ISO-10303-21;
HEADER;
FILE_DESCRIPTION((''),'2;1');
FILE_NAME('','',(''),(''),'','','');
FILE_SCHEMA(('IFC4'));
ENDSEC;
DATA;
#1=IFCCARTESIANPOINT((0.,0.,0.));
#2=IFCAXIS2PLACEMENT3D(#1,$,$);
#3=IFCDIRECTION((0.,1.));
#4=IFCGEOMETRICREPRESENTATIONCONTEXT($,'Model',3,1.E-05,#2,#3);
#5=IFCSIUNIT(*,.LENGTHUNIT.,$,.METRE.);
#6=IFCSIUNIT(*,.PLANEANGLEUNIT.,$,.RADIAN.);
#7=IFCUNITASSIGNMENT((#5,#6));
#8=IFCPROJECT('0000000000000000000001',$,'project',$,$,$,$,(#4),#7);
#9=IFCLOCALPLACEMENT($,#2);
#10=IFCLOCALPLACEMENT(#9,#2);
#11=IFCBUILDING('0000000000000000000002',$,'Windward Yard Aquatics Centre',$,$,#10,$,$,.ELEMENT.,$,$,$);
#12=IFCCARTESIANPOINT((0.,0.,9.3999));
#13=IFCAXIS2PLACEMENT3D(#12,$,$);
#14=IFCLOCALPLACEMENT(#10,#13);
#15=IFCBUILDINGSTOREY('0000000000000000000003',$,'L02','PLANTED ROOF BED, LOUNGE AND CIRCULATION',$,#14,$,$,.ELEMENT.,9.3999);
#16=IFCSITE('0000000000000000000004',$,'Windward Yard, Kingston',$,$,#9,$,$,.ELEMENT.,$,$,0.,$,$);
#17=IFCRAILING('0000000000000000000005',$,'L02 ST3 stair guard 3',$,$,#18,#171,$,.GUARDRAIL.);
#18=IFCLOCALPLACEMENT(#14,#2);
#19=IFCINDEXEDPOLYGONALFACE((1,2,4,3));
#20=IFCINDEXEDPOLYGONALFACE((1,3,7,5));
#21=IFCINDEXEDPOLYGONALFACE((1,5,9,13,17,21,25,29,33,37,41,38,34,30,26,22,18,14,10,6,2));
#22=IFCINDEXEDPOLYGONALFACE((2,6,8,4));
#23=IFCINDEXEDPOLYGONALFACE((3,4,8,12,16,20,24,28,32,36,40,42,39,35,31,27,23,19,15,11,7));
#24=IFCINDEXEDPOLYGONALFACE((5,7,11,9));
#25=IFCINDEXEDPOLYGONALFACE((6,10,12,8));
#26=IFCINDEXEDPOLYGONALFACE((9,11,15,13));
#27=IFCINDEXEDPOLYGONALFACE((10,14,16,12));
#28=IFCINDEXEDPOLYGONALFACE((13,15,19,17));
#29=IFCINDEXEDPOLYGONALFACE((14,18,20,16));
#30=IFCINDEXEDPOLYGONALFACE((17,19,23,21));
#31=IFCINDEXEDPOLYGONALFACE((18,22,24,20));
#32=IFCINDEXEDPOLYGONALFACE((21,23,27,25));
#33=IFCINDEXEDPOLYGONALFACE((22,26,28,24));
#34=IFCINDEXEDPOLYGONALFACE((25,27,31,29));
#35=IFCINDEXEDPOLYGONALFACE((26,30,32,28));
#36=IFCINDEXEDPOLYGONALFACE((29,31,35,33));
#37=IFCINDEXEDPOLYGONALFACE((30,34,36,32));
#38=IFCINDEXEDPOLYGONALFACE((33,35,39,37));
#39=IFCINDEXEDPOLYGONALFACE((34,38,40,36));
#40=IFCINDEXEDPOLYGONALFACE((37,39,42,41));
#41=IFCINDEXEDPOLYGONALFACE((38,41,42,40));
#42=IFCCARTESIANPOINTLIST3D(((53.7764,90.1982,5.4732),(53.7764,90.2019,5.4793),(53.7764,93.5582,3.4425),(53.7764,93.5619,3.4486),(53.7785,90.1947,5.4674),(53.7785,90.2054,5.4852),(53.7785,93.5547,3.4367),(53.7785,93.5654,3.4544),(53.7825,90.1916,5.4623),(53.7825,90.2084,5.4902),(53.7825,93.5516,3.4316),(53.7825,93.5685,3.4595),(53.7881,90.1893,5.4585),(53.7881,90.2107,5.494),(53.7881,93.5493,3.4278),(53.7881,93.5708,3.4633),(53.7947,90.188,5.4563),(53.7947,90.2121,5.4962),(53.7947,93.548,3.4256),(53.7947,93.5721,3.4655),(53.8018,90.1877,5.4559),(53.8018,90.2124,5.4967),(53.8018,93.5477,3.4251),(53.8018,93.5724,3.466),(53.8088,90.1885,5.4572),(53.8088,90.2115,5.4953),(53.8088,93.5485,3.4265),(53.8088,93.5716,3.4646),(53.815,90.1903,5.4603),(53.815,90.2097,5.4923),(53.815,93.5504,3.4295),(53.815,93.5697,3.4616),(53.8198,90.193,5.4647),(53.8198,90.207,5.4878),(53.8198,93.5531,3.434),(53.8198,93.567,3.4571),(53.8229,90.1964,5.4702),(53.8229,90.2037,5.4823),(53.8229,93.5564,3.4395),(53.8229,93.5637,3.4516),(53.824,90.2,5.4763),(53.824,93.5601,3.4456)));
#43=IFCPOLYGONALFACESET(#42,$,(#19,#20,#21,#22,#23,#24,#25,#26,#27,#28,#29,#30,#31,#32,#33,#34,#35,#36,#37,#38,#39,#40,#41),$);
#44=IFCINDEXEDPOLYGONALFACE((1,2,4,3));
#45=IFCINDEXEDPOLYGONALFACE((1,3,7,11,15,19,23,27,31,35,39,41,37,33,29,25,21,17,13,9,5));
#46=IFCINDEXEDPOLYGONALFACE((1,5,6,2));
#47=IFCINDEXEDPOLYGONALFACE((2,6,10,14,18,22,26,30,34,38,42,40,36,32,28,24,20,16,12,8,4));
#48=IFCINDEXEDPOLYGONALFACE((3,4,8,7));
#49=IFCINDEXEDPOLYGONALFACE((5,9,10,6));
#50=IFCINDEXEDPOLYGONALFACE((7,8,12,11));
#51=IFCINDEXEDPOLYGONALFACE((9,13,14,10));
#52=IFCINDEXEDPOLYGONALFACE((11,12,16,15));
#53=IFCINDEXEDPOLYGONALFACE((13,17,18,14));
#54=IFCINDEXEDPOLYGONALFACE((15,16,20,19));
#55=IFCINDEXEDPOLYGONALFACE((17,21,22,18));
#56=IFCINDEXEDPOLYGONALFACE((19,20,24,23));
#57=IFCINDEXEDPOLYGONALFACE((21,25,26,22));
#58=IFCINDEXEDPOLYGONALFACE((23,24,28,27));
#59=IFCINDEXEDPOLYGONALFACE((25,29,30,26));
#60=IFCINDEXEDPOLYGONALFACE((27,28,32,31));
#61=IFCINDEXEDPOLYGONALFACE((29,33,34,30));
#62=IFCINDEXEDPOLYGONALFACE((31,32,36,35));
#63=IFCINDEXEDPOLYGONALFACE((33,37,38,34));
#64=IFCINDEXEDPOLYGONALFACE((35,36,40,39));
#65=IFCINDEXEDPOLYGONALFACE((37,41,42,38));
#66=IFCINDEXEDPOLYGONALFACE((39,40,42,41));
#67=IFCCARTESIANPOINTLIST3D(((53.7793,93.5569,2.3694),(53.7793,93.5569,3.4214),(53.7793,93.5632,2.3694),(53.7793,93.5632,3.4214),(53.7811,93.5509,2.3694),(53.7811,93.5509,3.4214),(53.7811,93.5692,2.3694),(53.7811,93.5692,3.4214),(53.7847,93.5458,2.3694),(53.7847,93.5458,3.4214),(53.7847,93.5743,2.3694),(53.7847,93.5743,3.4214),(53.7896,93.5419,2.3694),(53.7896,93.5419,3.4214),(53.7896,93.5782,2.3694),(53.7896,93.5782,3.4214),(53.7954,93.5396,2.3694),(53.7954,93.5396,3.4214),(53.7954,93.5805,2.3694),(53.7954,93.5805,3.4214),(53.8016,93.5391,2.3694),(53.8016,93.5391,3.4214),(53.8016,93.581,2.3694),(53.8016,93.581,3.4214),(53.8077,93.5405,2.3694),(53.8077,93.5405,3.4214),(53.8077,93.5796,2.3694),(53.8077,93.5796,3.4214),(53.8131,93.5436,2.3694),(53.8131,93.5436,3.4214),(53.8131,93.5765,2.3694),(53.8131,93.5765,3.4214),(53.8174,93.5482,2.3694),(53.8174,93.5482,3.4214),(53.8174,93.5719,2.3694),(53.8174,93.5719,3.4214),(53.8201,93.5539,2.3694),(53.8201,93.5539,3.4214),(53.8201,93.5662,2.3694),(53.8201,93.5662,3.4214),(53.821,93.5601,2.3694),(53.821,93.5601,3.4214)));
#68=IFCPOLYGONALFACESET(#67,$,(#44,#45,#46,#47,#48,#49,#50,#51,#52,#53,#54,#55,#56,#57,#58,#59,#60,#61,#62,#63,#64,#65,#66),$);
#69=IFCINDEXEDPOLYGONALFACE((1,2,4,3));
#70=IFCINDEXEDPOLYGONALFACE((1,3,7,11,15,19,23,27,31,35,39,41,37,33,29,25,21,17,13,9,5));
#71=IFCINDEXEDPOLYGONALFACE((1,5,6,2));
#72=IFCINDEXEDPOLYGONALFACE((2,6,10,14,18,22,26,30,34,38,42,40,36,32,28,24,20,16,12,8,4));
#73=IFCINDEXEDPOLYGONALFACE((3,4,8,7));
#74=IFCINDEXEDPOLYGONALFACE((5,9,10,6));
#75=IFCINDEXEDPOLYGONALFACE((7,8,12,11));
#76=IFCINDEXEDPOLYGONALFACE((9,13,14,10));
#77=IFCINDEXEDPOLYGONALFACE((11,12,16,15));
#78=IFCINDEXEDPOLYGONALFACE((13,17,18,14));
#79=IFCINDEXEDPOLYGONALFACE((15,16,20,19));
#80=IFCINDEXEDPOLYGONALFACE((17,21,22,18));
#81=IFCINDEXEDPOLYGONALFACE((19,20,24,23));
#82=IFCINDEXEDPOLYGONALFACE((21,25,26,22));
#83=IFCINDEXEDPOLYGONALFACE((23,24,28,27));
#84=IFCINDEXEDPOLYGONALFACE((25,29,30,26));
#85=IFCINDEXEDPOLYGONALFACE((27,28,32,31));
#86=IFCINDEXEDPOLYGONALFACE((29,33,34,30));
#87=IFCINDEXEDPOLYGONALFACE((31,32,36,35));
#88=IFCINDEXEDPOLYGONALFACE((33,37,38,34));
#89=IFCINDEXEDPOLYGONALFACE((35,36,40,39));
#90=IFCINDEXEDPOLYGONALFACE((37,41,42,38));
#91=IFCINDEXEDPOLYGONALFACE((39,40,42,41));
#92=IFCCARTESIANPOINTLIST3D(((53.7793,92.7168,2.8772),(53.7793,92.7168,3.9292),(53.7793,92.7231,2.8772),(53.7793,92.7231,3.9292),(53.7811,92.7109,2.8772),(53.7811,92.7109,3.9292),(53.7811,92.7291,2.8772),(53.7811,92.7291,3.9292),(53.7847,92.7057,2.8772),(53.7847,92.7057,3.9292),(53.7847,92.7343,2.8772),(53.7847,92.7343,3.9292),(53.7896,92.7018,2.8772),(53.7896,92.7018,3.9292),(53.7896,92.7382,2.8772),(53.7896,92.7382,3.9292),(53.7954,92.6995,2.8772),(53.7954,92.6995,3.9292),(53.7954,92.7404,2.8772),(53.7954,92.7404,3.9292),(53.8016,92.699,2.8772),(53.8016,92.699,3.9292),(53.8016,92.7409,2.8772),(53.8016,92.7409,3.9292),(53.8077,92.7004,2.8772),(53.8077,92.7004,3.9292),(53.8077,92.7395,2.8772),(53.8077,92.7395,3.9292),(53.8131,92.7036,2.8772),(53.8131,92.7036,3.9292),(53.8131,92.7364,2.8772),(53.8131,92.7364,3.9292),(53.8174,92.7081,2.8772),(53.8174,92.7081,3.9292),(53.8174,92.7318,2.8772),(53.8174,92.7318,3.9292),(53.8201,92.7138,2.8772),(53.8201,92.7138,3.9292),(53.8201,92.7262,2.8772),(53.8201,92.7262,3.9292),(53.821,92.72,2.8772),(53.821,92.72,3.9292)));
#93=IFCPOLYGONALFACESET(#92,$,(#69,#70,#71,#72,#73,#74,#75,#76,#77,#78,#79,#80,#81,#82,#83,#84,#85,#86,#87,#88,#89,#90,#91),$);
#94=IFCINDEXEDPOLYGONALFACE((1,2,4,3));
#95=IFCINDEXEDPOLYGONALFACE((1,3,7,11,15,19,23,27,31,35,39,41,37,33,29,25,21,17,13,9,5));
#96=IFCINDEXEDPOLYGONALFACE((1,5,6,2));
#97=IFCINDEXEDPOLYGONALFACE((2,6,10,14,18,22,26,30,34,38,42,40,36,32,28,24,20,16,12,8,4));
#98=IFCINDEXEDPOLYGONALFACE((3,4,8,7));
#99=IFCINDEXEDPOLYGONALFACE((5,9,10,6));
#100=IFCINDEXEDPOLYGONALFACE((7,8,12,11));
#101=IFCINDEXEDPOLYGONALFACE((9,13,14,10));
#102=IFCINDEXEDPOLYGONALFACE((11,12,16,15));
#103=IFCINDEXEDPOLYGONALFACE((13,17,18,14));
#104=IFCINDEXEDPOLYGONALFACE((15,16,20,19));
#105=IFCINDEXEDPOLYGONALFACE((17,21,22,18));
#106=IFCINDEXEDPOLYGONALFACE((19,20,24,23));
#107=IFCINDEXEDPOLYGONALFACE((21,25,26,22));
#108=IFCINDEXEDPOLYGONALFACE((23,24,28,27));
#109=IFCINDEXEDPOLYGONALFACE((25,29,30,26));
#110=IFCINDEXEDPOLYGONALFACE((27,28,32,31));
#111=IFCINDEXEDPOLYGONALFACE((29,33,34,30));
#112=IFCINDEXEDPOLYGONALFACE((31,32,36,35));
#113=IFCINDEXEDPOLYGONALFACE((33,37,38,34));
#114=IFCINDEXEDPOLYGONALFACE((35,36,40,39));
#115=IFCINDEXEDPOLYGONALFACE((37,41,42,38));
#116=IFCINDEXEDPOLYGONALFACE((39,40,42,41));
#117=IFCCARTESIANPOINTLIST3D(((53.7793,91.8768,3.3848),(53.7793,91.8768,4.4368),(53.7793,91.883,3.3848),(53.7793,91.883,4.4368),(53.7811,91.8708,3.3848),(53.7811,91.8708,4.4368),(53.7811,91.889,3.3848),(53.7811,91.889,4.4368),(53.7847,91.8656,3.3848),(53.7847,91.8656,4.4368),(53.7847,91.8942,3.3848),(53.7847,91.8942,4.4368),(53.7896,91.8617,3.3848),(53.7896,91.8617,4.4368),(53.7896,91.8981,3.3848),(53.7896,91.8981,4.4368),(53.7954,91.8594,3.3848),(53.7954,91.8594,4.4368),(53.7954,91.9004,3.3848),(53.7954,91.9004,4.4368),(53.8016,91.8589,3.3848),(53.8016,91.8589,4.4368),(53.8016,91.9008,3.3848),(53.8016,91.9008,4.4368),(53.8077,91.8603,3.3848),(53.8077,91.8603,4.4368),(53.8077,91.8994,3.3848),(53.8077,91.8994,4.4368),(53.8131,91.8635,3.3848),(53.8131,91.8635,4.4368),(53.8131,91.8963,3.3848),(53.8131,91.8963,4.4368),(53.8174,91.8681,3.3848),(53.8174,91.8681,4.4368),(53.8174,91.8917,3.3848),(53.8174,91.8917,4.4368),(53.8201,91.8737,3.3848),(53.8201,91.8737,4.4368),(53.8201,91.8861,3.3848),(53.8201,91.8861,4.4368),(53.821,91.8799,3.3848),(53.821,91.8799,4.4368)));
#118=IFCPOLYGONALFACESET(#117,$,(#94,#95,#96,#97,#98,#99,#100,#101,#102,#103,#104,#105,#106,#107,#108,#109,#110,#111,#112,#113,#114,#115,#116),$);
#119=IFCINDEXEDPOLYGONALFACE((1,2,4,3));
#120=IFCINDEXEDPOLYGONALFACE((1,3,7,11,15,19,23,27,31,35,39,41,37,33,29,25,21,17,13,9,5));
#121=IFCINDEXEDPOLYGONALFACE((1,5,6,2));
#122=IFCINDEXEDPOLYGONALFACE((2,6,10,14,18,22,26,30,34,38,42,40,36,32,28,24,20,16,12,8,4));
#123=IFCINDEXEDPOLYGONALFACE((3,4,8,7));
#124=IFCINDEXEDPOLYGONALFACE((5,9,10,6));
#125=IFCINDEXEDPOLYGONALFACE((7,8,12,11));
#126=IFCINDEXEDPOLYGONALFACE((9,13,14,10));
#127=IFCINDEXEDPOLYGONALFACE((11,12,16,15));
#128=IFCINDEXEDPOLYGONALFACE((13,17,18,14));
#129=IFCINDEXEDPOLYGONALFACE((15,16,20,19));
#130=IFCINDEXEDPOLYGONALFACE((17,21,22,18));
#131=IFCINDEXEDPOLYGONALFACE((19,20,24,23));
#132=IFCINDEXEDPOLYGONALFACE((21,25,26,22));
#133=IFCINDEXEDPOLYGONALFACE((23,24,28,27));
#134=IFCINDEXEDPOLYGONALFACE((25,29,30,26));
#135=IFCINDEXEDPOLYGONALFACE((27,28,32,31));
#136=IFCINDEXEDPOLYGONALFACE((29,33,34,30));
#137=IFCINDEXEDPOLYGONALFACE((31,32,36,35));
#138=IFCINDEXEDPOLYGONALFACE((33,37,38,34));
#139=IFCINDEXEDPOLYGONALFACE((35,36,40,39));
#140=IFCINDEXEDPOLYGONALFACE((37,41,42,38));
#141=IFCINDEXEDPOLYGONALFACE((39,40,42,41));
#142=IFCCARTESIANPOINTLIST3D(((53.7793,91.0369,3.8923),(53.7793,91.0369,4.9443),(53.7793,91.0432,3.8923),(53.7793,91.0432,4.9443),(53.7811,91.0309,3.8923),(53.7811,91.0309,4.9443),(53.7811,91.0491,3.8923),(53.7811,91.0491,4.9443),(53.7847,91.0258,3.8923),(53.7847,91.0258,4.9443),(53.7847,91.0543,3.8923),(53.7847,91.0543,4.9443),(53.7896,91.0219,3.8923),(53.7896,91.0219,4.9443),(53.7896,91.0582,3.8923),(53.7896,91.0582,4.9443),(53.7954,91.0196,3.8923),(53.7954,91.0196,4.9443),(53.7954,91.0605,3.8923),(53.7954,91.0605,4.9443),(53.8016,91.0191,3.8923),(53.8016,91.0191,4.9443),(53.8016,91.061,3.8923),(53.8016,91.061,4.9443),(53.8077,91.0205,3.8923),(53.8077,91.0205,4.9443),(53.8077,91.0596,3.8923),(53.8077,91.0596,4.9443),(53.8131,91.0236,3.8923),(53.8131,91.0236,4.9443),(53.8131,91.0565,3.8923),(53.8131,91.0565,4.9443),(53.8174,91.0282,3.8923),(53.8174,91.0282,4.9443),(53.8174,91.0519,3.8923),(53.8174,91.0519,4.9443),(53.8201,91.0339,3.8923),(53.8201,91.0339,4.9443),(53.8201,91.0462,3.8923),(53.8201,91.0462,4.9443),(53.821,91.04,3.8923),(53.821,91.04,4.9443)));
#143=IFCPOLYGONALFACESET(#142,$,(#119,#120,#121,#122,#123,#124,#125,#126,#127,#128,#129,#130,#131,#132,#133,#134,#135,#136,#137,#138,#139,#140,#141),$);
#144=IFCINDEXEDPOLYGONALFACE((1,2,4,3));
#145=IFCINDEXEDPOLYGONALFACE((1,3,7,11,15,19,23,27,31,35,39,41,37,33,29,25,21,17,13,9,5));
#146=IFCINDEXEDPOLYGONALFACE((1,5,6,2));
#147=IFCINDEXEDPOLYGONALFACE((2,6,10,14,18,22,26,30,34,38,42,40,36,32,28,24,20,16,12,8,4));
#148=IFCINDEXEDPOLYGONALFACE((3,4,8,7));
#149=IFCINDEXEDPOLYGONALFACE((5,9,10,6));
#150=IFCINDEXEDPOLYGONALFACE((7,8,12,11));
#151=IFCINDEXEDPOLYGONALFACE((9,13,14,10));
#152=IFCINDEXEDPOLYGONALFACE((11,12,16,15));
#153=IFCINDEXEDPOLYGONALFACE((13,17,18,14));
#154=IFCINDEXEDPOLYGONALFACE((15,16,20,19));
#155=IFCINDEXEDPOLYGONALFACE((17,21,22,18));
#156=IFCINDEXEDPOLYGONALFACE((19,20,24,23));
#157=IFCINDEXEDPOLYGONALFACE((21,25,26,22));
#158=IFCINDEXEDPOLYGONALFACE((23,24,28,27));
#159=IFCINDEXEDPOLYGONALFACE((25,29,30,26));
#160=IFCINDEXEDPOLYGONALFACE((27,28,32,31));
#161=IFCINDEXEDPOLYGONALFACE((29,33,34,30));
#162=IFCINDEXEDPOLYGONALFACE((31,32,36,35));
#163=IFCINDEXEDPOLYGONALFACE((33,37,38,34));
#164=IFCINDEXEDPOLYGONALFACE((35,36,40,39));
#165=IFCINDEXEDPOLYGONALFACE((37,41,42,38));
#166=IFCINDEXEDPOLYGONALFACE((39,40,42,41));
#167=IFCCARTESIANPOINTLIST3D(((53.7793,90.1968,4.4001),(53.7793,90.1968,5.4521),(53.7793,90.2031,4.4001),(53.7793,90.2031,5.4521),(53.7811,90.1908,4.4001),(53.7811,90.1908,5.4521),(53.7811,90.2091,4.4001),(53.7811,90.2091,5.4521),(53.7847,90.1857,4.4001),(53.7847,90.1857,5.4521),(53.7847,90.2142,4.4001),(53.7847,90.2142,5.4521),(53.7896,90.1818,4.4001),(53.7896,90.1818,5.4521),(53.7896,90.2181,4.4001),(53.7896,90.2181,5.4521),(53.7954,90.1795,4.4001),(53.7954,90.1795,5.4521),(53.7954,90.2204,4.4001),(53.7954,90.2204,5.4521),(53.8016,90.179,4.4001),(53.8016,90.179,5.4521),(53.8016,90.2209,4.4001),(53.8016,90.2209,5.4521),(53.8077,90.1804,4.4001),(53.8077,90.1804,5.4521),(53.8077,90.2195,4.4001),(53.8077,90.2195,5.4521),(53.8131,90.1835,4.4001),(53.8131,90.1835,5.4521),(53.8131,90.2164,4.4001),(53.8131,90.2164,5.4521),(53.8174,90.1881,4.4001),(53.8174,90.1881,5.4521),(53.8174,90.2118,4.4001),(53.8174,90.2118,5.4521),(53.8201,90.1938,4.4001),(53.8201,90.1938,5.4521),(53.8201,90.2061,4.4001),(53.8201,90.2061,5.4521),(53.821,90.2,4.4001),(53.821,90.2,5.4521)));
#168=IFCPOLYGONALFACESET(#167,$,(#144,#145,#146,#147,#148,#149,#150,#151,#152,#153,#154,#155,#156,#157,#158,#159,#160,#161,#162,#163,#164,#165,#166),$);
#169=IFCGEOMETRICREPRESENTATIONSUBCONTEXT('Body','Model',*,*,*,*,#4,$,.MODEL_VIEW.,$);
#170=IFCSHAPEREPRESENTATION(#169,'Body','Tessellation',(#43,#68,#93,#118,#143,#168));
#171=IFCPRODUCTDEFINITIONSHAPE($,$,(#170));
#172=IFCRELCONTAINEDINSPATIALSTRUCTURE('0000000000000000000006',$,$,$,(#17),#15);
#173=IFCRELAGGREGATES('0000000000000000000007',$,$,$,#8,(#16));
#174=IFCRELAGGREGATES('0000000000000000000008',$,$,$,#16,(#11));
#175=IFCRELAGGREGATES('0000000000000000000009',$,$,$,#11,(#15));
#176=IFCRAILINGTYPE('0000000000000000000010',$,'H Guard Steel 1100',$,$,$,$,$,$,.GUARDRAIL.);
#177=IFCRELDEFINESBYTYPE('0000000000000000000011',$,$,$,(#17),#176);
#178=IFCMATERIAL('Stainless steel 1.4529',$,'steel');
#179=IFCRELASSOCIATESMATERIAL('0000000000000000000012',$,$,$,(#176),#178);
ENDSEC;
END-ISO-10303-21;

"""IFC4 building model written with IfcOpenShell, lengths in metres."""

from ifc_helpers import new_model, si_unit, direction, frame, origin, origin_2d, place, context, subcontext, project, spatial, circle, extrude, material, type_object, element, save


model = new_model("IFC4")

# Units and contexts
model_context = context("Model", 3, precision=1e-05, world=origin(), true_north=direction((0.0, 1.0)))
body_context = subcontext(model_context, "Body", "Model", "MODEL_VIEW")
ifc_project = project(units=[si_unit("LENGTHUNIT", "METRE"), si_unit("PLANEANGLEUNIT", "RADIAN")], contexts=[model_context])

# Site, building, storey
site_placement = place(None, origin())
site = spatial("IfcSite", under=ifc_project, at=site_placement, Name="Windward Yard, Kingston", CompositionType="ELEMENT", RefElevation=0.0)
building_placement = place(site_placement, origin())
building = spatial("IfcBuilding", under=site, at=building_placement, Name="Windward Yard Aquatics Centre", CompositionType="ELEMENT")
storey_placement = place(building_placement, frame((0.0, 0.0, 9.3999)))
storey = spatial("IfcBuildingStorey", under=building, at=storey_placement, Name="L02", Description="PLANTED ROOF BED, LOUNGE AND CIRCULATION", CompositionType="ELEMENT", Elevation=9.3999)

# Railing
ifc_material_1 = material(Name="Stainless steel 1.4529", Category="steel")
railing_type_1 = type_object("IfcRailingType", Name="H Guard Steel 1100", PredefinedType="GUARDRAIL", material=ifc_material_1)
railing_1_placement = place(storey_placement, frame((53.8, 93.5601, 2.3694)))
element("IfcRailing", 1, at=railing_1_placement, inside=storey, type_object=railing_type_1, Name="L02 ST3 stair guard 3", PredefinedType="GUARDRAIL", context=body_context, shape_type="SweptSolid", body=[
    extrude(circle(Radius=0.0239, at=origin_2d()), frame((0.0, 0.0, 1.0762), z_axis=(0.0, -0.855837, 0.517246), x_axis=(1.0, 0.0, 0.0)), (0.0, 0.0, 1.0), 3.926),
    extrude(circle(Radius=0.021, at=origin_2d()), origin(), (0.0, 0.0, 1.0), 1.052),
    extrude(circle(Radius=0.021, at=origin_2d()), frame((0.0, -0.8401, 0.5078)), (0.0, 0.0, 1.0), 1.052),
    extrude(circle(Radius=0.021, at=origin_2d()), frame((0.0, -1.6802, 1.0154)), (0.0, 0.0, 1.0), 1.052),
    extrude(circle(Radius=0.021, at=origin_2d()), frame((0.0, -2.52, 1.5229)), (0.0, 0.0, 1.0), 1.052),
    extrude(circle(Radius=0.021, at=origin_2d()), frame((0.0, -3.3601, 2.0308)), (0.0, 0.0, 1.0), 1.052),
])

save(model, "model.ifc")
